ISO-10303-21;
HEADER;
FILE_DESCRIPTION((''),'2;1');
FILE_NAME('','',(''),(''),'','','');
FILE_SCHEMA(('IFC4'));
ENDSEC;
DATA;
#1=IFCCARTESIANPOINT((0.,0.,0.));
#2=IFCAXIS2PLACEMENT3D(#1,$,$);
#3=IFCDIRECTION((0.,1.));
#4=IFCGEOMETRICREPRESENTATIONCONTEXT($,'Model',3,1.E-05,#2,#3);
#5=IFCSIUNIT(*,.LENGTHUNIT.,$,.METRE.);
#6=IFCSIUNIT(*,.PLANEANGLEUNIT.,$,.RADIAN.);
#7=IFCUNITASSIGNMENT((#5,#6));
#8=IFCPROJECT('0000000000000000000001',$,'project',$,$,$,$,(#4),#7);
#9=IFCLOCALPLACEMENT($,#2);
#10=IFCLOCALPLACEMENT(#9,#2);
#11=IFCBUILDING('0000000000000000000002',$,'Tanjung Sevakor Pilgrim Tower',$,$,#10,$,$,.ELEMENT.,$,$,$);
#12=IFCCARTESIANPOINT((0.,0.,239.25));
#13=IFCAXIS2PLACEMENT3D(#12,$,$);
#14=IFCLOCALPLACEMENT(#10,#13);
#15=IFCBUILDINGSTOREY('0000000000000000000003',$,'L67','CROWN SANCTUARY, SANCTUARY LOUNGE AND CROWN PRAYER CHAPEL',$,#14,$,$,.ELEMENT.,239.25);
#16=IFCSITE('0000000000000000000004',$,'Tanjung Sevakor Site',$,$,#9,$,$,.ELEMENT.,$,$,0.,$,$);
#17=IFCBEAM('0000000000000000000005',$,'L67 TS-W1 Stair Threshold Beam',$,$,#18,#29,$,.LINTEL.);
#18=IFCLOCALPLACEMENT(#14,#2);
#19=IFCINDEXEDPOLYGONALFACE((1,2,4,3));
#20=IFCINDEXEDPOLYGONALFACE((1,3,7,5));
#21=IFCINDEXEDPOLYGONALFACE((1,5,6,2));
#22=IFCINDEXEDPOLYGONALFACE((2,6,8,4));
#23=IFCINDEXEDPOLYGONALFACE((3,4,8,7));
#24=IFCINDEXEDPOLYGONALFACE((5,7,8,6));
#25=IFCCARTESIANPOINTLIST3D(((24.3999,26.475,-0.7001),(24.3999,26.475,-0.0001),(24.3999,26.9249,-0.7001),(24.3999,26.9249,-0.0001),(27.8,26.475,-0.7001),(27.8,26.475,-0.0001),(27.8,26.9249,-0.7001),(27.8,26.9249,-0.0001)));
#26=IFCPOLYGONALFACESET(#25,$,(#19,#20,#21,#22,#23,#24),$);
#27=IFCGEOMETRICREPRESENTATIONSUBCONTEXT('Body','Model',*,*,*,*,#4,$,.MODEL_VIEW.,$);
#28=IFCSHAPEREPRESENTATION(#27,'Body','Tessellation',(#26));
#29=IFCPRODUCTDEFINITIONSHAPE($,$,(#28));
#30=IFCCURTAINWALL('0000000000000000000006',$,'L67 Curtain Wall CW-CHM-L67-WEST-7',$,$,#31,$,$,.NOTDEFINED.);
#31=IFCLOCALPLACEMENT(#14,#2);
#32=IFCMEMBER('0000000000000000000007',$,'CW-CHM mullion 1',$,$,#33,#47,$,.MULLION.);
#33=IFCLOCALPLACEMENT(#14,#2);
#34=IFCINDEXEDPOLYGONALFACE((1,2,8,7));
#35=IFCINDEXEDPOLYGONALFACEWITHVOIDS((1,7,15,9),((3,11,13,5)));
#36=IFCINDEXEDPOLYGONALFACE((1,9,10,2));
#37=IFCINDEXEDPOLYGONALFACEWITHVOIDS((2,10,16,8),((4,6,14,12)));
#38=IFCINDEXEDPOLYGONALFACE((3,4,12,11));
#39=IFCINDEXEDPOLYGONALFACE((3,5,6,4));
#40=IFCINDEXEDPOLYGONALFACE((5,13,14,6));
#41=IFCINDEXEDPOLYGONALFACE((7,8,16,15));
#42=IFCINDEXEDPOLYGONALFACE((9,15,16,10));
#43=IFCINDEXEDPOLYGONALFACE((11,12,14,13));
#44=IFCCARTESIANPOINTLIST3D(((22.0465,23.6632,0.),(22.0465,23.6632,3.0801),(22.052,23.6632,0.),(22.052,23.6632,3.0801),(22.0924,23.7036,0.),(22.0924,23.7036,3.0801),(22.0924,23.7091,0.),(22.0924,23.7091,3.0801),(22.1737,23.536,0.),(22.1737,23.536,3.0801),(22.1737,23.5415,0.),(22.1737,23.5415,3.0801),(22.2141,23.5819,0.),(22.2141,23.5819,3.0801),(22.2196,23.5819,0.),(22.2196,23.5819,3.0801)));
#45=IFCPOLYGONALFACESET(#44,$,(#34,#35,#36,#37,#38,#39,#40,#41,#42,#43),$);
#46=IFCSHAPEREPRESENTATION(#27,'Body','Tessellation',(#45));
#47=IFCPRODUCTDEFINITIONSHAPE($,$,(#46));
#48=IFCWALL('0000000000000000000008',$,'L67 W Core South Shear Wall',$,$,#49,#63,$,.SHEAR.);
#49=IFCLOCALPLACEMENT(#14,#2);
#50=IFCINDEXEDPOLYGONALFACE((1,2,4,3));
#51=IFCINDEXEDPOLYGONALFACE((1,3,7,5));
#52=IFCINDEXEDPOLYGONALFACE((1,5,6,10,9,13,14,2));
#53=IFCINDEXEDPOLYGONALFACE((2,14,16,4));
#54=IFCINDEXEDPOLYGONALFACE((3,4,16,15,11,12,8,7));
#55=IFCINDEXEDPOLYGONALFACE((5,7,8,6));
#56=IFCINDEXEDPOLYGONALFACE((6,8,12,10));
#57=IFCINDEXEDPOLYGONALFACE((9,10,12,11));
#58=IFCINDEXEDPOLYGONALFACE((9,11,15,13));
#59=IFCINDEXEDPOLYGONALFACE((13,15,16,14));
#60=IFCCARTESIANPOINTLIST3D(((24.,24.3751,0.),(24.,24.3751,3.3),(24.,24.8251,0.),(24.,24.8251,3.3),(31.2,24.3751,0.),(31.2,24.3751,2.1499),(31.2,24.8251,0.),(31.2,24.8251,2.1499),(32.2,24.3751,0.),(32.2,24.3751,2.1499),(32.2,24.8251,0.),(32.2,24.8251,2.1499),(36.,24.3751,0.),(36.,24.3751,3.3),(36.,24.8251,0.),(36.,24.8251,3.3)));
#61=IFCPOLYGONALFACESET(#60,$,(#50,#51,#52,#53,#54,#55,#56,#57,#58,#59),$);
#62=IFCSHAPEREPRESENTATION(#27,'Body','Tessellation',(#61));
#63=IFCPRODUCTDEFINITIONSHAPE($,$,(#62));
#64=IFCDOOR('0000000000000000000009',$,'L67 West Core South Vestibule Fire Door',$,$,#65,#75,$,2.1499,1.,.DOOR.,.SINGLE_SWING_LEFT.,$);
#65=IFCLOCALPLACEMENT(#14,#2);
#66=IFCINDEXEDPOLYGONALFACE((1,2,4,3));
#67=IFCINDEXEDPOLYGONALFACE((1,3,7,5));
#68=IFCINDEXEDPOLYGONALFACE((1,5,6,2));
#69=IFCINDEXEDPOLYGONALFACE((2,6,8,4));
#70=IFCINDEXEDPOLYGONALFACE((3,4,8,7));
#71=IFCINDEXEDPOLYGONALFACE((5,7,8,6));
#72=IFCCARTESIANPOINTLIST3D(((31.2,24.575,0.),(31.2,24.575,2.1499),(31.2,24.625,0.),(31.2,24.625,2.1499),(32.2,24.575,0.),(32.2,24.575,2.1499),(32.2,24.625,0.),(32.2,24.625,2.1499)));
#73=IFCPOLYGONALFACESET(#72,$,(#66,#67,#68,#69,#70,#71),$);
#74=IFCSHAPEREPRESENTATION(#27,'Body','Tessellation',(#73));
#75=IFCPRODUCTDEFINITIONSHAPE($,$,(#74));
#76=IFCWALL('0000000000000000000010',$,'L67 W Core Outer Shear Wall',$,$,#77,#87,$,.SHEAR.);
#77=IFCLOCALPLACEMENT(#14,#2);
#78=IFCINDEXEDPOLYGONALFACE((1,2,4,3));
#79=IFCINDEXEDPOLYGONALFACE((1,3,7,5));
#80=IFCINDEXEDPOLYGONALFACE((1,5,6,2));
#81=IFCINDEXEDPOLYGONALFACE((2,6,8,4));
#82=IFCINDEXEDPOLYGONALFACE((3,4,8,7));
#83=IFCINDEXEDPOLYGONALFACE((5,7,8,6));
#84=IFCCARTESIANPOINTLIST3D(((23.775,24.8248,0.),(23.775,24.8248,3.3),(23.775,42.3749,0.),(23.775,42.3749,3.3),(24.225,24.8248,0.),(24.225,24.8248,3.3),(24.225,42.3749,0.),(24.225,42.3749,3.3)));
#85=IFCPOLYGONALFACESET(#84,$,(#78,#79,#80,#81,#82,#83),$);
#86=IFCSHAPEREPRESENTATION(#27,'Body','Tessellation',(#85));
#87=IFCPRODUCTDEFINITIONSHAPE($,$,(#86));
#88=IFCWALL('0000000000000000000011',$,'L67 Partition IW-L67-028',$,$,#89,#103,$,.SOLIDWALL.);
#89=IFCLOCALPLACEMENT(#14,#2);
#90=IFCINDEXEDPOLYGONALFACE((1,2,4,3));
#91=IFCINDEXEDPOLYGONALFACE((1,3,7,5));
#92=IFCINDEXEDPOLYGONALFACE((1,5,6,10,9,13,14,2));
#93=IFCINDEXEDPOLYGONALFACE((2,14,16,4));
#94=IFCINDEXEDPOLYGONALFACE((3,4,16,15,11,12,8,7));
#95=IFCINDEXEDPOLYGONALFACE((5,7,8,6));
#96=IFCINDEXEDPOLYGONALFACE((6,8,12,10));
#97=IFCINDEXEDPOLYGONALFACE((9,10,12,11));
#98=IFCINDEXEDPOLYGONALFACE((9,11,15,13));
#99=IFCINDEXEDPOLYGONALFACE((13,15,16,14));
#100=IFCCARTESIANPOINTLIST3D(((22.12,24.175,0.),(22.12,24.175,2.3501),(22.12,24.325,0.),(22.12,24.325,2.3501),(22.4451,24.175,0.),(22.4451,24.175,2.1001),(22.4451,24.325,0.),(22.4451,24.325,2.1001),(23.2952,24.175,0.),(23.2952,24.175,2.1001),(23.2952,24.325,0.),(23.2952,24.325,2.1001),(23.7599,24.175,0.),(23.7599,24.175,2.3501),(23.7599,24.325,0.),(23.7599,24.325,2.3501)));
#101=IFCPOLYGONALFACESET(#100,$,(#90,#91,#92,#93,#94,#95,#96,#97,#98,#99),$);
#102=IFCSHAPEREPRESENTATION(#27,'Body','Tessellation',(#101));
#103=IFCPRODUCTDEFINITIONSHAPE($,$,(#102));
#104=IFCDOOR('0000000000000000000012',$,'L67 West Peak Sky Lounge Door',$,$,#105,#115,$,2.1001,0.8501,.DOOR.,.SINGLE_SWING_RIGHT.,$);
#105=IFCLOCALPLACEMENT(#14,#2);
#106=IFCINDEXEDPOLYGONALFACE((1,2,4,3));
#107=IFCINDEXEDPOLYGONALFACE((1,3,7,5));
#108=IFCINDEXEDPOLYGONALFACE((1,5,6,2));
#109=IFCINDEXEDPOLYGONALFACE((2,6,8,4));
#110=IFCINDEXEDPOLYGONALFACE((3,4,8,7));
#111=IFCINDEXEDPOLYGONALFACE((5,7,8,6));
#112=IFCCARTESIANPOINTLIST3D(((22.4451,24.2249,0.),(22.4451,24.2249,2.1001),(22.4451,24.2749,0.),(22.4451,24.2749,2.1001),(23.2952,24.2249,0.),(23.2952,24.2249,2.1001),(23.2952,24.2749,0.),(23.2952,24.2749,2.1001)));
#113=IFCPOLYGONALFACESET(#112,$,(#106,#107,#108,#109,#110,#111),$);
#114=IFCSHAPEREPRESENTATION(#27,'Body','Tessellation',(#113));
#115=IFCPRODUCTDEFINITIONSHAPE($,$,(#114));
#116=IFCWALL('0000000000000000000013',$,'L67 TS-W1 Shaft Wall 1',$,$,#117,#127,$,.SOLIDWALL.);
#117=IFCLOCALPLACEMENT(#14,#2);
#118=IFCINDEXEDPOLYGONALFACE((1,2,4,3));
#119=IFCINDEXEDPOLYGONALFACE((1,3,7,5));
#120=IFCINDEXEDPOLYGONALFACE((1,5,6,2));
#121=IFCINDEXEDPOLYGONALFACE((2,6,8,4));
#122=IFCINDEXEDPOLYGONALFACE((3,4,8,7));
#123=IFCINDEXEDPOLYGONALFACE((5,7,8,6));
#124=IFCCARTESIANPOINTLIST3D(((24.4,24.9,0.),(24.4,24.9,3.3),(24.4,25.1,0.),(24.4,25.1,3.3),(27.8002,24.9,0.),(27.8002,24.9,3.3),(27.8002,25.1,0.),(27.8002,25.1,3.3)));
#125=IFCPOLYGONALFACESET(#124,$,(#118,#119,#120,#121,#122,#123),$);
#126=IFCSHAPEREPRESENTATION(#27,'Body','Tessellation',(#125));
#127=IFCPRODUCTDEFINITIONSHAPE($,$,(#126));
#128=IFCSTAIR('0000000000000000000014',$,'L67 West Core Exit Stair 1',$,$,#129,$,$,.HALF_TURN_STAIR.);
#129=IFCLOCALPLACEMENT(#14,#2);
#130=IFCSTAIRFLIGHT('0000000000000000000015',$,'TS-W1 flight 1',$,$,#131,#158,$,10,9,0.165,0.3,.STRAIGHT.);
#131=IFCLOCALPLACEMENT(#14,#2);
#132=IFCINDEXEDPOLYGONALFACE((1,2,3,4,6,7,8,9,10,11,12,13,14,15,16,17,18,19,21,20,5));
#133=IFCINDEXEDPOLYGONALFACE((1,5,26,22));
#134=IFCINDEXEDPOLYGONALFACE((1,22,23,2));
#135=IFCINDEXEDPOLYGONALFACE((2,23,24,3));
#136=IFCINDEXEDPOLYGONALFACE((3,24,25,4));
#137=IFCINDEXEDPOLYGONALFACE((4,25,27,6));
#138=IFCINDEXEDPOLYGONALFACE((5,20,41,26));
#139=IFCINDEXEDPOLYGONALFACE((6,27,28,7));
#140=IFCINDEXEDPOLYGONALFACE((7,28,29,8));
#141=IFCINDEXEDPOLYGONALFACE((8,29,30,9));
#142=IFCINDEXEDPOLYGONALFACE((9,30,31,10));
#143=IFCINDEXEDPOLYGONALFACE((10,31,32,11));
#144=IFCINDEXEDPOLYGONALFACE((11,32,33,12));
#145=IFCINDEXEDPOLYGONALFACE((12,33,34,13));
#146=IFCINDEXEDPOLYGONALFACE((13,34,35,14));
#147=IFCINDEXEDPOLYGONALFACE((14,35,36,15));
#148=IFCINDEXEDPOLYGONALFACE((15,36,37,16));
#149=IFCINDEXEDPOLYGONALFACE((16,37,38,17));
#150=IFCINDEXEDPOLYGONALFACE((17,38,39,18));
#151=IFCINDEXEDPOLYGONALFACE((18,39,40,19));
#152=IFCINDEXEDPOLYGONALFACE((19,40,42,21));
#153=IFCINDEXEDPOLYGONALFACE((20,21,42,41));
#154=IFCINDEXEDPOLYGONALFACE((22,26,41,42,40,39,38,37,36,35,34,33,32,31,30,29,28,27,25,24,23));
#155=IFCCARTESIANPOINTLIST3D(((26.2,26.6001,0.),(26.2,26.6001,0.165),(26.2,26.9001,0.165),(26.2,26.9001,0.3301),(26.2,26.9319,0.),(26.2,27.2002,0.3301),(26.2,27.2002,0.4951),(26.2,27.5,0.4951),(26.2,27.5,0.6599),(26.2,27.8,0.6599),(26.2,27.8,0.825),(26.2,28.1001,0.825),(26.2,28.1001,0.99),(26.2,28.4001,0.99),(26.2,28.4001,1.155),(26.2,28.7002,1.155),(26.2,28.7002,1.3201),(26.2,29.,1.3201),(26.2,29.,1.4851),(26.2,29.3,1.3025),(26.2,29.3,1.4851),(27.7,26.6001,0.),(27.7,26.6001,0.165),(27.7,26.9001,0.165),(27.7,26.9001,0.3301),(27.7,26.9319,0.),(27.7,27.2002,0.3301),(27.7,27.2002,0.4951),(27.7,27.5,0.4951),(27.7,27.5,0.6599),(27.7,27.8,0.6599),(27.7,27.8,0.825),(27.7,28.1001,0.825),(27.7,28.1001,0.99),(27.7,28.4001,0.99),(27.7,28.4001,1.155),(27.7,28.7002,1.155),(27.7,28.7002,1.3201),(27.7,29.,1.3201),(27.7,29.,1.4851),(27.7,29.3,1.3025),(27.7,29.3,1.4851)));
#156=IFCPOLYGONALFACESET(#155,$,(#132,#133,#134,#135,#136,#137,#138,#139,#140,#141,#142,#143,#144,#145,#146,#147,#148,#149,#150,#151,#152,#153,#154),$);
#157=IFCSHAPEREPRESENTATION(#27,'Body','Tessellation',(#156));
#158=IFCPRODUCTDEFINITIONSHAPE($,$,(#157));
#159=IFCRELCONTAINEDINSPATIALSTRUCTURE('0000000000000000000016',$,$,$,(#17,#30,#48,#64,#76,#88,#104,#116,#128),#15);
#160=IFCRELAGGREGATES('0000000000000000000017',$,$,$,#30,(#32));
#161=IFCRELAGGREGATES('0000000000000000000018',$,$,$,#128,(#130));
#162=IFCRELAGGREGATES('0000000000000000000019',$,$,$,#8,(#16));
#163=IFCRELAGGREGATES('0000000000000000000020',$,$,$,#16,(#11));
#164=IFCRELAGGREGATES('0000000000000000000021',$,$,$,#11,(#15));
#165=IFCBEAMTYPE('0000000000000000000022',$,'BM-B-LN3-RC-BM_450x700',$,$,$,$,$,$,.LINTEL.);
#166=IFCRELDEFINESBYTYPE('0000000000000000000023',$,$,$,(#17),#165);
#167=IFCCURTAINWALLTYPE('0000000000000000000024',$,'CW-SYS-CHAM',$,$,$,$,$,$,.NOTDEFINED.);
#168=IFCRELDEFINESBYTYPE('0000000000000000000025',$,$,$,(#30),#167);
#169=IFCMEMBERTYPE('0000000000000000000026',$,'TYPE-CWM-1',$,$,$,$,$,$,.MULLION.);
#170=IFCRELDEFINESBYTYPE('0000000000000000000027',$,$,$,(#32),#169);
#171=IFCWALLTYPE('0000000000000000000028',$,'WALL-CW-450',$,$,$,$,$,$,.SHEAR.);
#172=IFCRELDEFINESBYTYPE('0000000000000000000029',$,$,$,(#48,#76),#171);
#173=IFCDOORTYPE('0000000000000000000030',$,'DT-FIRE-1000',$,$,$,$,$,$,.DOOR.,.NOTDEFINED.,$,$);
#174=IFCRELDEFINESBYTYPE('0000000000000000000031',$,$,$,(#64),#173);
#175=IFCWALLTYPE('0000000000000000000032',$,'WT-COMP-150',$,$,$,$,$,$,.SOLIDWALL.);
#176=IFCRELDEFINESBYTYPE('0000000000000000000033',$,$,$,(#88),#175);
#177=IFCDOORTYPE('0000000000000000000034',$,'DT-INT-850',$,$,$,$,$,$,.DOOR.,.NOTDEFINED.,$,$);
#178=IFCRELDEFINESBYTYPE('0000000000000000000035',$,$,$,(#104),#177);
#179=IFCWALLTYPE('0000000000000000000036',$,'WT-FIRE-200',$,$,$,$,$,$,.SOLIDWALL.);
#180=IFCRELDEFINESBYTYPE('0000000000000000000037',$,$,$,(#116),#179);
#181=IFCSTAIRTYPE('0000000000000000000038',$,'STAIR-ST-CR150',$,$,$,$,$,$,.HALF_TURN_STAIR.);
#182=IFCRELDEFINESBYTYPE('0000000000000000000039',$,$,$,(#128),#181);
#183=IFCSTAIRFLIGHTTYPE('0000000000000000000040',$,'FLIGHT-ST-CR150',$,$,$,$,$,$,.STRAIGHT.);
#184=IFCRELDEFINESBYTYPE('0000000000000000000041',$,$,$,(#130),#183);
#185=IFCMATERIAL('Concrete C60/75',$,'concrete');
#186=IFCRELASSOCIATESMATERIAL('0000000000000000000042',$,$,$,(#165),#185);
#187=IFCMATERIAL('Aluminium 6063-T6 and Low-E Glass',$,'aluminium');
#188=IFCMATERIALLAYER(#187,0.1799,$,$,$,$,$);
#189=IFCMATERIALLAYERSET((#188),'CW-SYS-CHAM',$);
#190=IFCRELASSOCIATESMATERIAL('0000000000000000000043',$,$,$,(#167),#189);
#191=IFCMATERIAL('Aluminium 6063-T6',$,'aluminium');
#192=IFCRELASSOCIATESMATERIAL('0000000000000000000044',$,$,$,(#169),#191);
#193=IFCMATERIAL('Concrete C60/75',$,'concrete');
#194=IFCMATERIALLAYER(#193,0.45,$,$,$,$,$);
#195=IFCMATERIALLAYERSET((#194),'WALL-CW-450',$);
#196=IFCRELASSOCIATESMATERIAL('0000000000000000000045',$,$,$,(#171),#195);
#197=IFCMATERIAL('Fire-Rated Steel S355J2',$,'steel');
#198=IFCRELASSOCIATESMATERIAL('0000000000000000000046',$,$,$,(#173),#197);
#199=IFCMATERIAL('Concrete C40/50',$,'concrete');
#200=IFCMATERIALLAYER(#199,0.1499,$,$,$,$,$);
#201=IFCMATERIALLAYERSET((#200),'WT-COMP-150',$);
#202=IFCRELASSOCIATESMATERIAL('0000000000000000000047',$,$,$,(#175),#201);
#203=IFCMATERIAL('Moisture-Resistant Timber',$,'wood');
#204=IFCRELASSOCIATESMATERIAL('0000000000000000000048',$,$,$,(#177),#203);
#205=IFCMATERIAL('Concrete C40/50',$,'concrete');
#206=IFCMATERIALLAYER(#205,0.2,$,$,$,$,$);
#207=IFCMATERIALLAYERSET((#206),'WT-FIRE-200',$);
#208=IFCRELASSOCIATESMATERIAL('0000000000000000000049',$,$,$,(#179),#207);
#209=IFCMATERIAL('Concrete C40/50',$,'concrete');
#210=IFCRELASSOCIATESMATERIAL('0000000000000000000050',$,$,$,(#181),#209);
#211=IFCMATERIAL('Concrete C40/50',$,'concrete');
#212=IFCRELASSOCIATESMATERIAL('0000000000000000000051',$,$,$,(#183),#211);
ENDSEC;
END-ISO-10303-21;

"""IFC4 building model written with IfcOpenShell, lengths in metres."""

from ifc_helpers import new_model, si_unit, direction, frame, frame_2d, origin, origin_2d, place, context, subcontext, project, spatial, polyline, rectangle, hollow_rectangle, outline, extrude, material, layer, layer_set, material_profile, profile_set, type_object, element, fill, aggregate, save


model = new_model("IFC4")

# Units and contexts
model_context = context("Model", 3, precision=1e-05, world=origin(), true_north=direction((0.0, 1.0)))
body_context = subcontext(model_context, "Body", "Model", "MODEL_VIEW")
ifc_project = project(units=[si_unit("LENGTHUNIT", "METRE"), si_unit("PLANEANGLEUNIT", "RADIAN")], contexts=[model_context])

# Site, building, storey
site_placement = place(None, origin())
site = spatial("IfcSite", under=ifc_project, at=site_placement, Name="Tanjung Sevakor Site", CompositionType="ELEMENT", RefElevation=0.0)
building_placement = place(site_placement, origin())
building = spatial("IfcBuilding", under=site, at=building_placement, Name="Tanjung Sevakor Pilgrim Tower", CompositionType="ELEMENT")
storey_placement = place(building_placement, frame((0.0, 0.0, 239.25)))
storey = spatial("IfcBuildingStorey", under=building, at=storey_placement, Name="L67", Description="CROWN SANCTUARY, SANCTUARY LOUNGE AND CROWN PRAYER CHAPEL", CompositionType="ELEMENT", Elevation=239.25)

# Beam
ifc_material_1 = material(Name="Concrete C60/75", Category="concrete")
ifc_material_profile_1 = material_profile(ifc_material_1, rectangle(XDim=0.45, YDim=0.7, at=origin_2d()))
ifc_profile_set_1 = profile_set([ifc_material_profile_1], Name="Concrete C60/75")
beam_type = type_object("IfcBeamType", Name="BM-B-LN3-RC-BM_450x700", PredefinedType="LINTEL", material=ifc_profile_set_1)
beam_placement = place(storey_placement, frame((24.3999, 26.7, -0.3501), z_axis=(1.0, 0.0, 0.0), x_axis=(0.0, 1.0, 0.0)))
element("IfcBeam", 1, at=beam_placement, inside=storey, type_object=beam_type, Name="L67 TS-W1 Stair Threshold Beam", PredefinedType="LINTEL", context=body_context, shape_type="SweptSolid", body=[
    extrude(rectangle(XDim=0.45, YDim=0.7, at=origin_2d()), origin(), (0.0, 0.0, 1.0), 3.4001),
])

# Curtain wall, member
ifc_material_2 = material(Name="Aluminium 6063-T6 and Low-E Glass", Category="aluminium")
ifc_layer_1 = layer(ifc_material_2, 0.1799)
ifc_layer_set_1 = layer_set([ifc_layer_1], Name="CW-SYS-CHAM")
curtain_wall_type = type_object("IfcCurtainWallType", Name="CW-SYS-CHAM", PredefinedType="NOTDEFINED", material=ifc_layer_set_1)
curtain_wall_placement = place(storey_placement, origin())
curtain_wall = element("IfcCurtainWall", 2, at=curtain_wall_placement, inside=storey, type_object=curtain_wall_type, Name="L67 Curtain Wall CW-CHM-L67-WEST-7", PredefinedType="NOTDEFINED")
ifc_material_3 = material(Name="Aluminium 6063-T6", Category="aluminium")
ifc_material_profile_2 = material_profile(ifc_material_3, hollow_rectangle(XDim=0.0649, YDim=0.1799, WallThickness=0.0039, at=origin_2d()))
ifc_profile_set_2 = profile_set([ifc_material_profile_2], Name="Aluminium 6063-T6")
member_type = type_object("IfcMemberType", Name="TYPE-CWM-1", PredefinedType="MULLION", material=ifc_profile_set_2)
member_placement = place(storey_placement, frame((22.1331, 23.6226, 0.0), z_axis=(0.0, 0.0, 1.0), x_axis=(0.707107, 0.707107, 0.0)))
member = element("IfcMember", 3, at=member_placement, type_object=member_type, Name="CW-CHM mullion 1", PredefinedType="MULLION", context=body_context, shape_type="SweptSolid", body=[
    extrude(hollow_rectangle(XDim=0.0649, YDim=0.1799, WallThickness=0.0039, at=origin_2d()), origin(), (0.0, 0.0, 1.0), 3.0801),
])
aggregate(curtain_wall, [member])

# Wall, opening, door
ifc_material_4 = material(Name="Concrete C60/75", Category="concrete")
ifc_layer_2 = layer(ifc_material_4, 0.45)
ifc_layer_set_2 = layer_set([ifc_layer_2], Name="WALL-CW-450")
wall_type_1 = type_object("IfcWallType", Name="WALL-CW-450", PredefinedType="SHEAR", material=ifc_layer_set_2)
wall_1_placement = place(storey_placement, frame((24.0, 24.6001, 0.0), z_axis=(0.0, 0.0, 1.0), x_axis=(1.0, 0.0, 0.0)))
wall_1 = element("IfcWall", 4, at=wall_1_placement, inside=storey, type_object=wall_type_1, Name="L67 W Core South Shear Wall", PredefinedType="SHEAR", context=body_context, shape_type="SweptSolid", body=[
    extrude(rectangle(XDim=12.0, YDim=0.45, at=frame_2d((6.0, 0.0))), origin(), (0.0, 0.0, 1.0), 3.3),
])
opening_1_placement = place(wall_1_placement, frame((7.2, 0.0, 0.0)))
opening_1 = element("IfcOpeningElement", 5, at=opening_1_placement, cuts=wall_1, PredefinedType="OPENING", context=body_context, shape_type="SweptSolid", body=[
    extrude(rectangle(XDim=1.0, YDim=2.1499, at=frame_2d((0.5, 1.075))), frame((0.0, 0.2349, 0.0), z_axis=(0.0, -1.0, 0.0), x_axis=(1.0, 0.0, 0.0)), (0.0, 0.0, 1.0), 0.47),
])
ifc_material_5 = material(Name="Fire-Rated Steel S355J2", Category="steel")
door_type_1 = type_object("IfcDoorType", Name="DT-FIRE-1000", OperationType="NOTDEFINED", PredefinedType="DOOR", material=ifc_material_5)
door_1_placement = place(opening_1_placement, origin())
door_1 = element("IfcDoor", 6, at=door_1_placement, inside=storey, type_object=door_type_1, Name="L67 West Core South Vestibule Fire Door", OperationType="SINGLE_SWING_LEFT", OverallHeight=2.1499, OverallWidth=1.0, PredefinedType="DOOR", context=body_context, shape_type="SweptSolid", body=[
    extrude(rectangle(XDim=1.0, YDim=2.1499, at=frame_2d((0.5, 1.075))), frame((0.0, 0.0249, 0.0), z_axis=(0.0, -1.0, 0.0), x_axis=(1.0, 0.0, 0.0)), (0.0, 0.0, 1.0), 0.05),
])
fill(opening_1, door_1)

# Wall
wall_2_placement = place(storey_placement, frame((24.0, 24.825, 0.0), z_axis=(0.0, 0.0, 1.0), x_axis=(0.0, 1.0, 0.0)))
element("IfcWall", 7, at=wall_2_placement, inside=storey, type_object=wall_type_1, Name="L67 W Core Outer Shear Wall", PredefinedType="SHEAR", context=body_context, shape_type="SweptSolid", body=[
    extrude(rectangle(XDim=17.55, YDim=0.45, at=frame_2d((8.7749, 0.0))), origin(), (0.0, 0.0, 1.0), 3.3),
])

# Wall, opening, door
ifc_material_6 = material(Name="Concrete C40/50", Category="concrete")
ifc_layer_3 = layer(ifc_material_6, 0.1499)
ifc_layer_set_3 = layer_set([ifc_layer_3], Name="WT-COMP-150")
wall_type_2 = type_object("IfcWallType", Name="WT-COMP-150", PredefinedType="SOLIDWALL", material=ifc_layer_set_3)
wall_3_placement = place(storey_placement, frame((22.1201, 24.25, 0.0), z_axis=(0.0, 0.0, 1.0), x_axis=(1.0, 0.0, 0.0)))
wall_3 = element("IfcWall", 8, at=wall_3_placement, inside=storey, type_object=wall_type_2, Name="L67 Partition IW-L67-028", PredefinedType="SOLIDWALL", context=body_context, shape_type="SweptSolid", body=[
    extrude(rectangle(XDim=1.6399, YDim=0.1499, at=frame_2d((0.8198, 0.0))), origin(), (0.0, 0.0, 1.0), 2.3501),
])
opening_2_placement = place(wall_3_placement, frame((0.325, 0.0, 0.0)))
opening_2 = element("IfcOpeningElement", 9, at=opening_2_placement, cuts=wall_3, PredefinedType="OPENING", context=body_context, shape_type="SweptSolid", body=[
    extrude(rectangle(XDim=0.8501, YDim=2.1001, at=frame_2d((0.425, 1.05))), frame((0.0, 0.085, 0.0), z_axis=(0.0, -1.0, 0.0), x_axis=(1.0, 0.0, 0.0)), (0.0, 0.0, 1.0), 0.1699),
])
ifc_material_7 = material(Name="Moisture-Resistant Timber", Category="wood")
door_type_2 = type_object("IfcDoorType", Name="DT-INT-850", OperationType="NOTDEFINED", PredefinedType="DOOR", material=ifc_material_7)
door_2_placement = place(opening_2_placement, origin())
door_2 = element("IfcDoor", 10, at=door_2_placement, inside=storey, type_object=door_type_2, Name="L67 West Peak Sky Lounge Door", OperationType="SINGLE_SWING_RIGHT", OverallHeight=2.1001, OverallWidth=0.8501, PredefinedType="DOOR", context=body_context, shape_type="SweptSolid", body=[
    extrude(rectangle(XDim=0.8501, YDim=2.1001, at=frame_2d((0.425, 1.05))), frame((0.0, 0.0249, 0.0), z_axis=(0.0, -1.0, 0.0), x_axis=(1.0, 0.0, 0.0)), (0.0, 0.0, 1.0), 0.05),
])
fill(opening_2, door_2)

# Wall
ifc_material_8 = material(Name="Concrete C40/50", Category="concrete")
ifc_layer_4 = layer(ifc_material_8, 0.2)
ifc_layer_set_4 = layer_set([ifc_layer_4], Name="WT-FIRE-200")
wall_type_3 = type_object("IfcWallType", Name="WT-FIRE-200", PredefinedType="SOLIDWALL", material=ifc_layer_set_4)
wall_4_placement = place(storey_placement, frame((24.3999, 25.0, 0.0), z_axis=(0.0, 0.0, 1.0), x_axis=(1.0, 0.0, 0.0)))
element("IfcWall", 11, at=wall_4_placement, inside=storey, type_object=wall_type_3, Name="L67 TS-W1 Shaft Wall 1", PredefinedType="SOLIDWALL", context=body_context, shape_type="SweptSolid", body=[
    extrude(rectangle(XDim=3.4001, YDim=0.2, at=frame_2d((1.7002, 0.0))), origin(), (0.0, 0.0, 1.0), 3.3),
])

# Stair, stair flight
ifc_material_9 = material(Name="Concrete C40/50", Category="concrete")
stair_type = type_object("IfcStairType", Name="STAIR-ST-CR150", PredefinedType="HALF_TURN_STAIR", material=ifc_material_9)
stair_placement = place(storey_placement, origin())
stair = element("IfcStair", 12, at=stair_placement, inside=storey, type_object=stair_type, Name="L67 West Core Exit Stair 1", PredefinedType="HALF_TURN_STAIR")
ifc_material_10 = material(Name="Concrete C40/50", Category="concrete")
stair_flight_type = type_object("IfcStairFlightType", Name="FLIGHT-ST-CR150", PredefinedType="STRAIGHT", material=ifc_material_10)
stair_flight_1_placement = place(storey_placement, frame((26.95, 26.6001, 0.0), z_axis=(0.0, 0.0, 1.0), x_axis=(0.0, 1.0, 0.0)))
stair_flight_1 = element("IfcStairFlight", 13, at=stair_flight_1_placement, type_object=stair_flight_type, Name="TS-W1 flight 1", NumberOfRisers=10, NumberOfTreads=9, PredefinedType="STRAIGHT", RiserHeight=0.165, TreadLength=0.3, context=body_context, shape_type="SweptSolid", body=[
    extrude(outline(polyline([(0.0, 0.0), (0.0, 0.165), (0.3, 0.165), (0.3, 0.3301), (0.6001, 0.3301), (0.6001, 0.4951), (0.8999, 0.4951), (0.8999, 0.6599), (1.2, 0.6599), (1.2, 0.825), (1.5, 0.825), (1.5, 0.99), (1.8, 0.99), (1.8, 1.155), (2.1001, 1.155), (2.1001, 1.3201), (2.3999, 1.3201), (2.3999, 1.4851), (2.7, 1.4851), (2.7, 1.6499), (2.7, 1.3025), (0.3318, 0.0), (0.0, 0.0)])), frame((0.0, 0.75, 0.0), z_axis=(0.0, -1.0, 0.0), x_axis=(1.0, 0.0, 0.0)), (0.0, 0.0, 1.0), 1.5),
])
aggregate(stair, [stair_flight_1])

save(model, "model.ifc")
